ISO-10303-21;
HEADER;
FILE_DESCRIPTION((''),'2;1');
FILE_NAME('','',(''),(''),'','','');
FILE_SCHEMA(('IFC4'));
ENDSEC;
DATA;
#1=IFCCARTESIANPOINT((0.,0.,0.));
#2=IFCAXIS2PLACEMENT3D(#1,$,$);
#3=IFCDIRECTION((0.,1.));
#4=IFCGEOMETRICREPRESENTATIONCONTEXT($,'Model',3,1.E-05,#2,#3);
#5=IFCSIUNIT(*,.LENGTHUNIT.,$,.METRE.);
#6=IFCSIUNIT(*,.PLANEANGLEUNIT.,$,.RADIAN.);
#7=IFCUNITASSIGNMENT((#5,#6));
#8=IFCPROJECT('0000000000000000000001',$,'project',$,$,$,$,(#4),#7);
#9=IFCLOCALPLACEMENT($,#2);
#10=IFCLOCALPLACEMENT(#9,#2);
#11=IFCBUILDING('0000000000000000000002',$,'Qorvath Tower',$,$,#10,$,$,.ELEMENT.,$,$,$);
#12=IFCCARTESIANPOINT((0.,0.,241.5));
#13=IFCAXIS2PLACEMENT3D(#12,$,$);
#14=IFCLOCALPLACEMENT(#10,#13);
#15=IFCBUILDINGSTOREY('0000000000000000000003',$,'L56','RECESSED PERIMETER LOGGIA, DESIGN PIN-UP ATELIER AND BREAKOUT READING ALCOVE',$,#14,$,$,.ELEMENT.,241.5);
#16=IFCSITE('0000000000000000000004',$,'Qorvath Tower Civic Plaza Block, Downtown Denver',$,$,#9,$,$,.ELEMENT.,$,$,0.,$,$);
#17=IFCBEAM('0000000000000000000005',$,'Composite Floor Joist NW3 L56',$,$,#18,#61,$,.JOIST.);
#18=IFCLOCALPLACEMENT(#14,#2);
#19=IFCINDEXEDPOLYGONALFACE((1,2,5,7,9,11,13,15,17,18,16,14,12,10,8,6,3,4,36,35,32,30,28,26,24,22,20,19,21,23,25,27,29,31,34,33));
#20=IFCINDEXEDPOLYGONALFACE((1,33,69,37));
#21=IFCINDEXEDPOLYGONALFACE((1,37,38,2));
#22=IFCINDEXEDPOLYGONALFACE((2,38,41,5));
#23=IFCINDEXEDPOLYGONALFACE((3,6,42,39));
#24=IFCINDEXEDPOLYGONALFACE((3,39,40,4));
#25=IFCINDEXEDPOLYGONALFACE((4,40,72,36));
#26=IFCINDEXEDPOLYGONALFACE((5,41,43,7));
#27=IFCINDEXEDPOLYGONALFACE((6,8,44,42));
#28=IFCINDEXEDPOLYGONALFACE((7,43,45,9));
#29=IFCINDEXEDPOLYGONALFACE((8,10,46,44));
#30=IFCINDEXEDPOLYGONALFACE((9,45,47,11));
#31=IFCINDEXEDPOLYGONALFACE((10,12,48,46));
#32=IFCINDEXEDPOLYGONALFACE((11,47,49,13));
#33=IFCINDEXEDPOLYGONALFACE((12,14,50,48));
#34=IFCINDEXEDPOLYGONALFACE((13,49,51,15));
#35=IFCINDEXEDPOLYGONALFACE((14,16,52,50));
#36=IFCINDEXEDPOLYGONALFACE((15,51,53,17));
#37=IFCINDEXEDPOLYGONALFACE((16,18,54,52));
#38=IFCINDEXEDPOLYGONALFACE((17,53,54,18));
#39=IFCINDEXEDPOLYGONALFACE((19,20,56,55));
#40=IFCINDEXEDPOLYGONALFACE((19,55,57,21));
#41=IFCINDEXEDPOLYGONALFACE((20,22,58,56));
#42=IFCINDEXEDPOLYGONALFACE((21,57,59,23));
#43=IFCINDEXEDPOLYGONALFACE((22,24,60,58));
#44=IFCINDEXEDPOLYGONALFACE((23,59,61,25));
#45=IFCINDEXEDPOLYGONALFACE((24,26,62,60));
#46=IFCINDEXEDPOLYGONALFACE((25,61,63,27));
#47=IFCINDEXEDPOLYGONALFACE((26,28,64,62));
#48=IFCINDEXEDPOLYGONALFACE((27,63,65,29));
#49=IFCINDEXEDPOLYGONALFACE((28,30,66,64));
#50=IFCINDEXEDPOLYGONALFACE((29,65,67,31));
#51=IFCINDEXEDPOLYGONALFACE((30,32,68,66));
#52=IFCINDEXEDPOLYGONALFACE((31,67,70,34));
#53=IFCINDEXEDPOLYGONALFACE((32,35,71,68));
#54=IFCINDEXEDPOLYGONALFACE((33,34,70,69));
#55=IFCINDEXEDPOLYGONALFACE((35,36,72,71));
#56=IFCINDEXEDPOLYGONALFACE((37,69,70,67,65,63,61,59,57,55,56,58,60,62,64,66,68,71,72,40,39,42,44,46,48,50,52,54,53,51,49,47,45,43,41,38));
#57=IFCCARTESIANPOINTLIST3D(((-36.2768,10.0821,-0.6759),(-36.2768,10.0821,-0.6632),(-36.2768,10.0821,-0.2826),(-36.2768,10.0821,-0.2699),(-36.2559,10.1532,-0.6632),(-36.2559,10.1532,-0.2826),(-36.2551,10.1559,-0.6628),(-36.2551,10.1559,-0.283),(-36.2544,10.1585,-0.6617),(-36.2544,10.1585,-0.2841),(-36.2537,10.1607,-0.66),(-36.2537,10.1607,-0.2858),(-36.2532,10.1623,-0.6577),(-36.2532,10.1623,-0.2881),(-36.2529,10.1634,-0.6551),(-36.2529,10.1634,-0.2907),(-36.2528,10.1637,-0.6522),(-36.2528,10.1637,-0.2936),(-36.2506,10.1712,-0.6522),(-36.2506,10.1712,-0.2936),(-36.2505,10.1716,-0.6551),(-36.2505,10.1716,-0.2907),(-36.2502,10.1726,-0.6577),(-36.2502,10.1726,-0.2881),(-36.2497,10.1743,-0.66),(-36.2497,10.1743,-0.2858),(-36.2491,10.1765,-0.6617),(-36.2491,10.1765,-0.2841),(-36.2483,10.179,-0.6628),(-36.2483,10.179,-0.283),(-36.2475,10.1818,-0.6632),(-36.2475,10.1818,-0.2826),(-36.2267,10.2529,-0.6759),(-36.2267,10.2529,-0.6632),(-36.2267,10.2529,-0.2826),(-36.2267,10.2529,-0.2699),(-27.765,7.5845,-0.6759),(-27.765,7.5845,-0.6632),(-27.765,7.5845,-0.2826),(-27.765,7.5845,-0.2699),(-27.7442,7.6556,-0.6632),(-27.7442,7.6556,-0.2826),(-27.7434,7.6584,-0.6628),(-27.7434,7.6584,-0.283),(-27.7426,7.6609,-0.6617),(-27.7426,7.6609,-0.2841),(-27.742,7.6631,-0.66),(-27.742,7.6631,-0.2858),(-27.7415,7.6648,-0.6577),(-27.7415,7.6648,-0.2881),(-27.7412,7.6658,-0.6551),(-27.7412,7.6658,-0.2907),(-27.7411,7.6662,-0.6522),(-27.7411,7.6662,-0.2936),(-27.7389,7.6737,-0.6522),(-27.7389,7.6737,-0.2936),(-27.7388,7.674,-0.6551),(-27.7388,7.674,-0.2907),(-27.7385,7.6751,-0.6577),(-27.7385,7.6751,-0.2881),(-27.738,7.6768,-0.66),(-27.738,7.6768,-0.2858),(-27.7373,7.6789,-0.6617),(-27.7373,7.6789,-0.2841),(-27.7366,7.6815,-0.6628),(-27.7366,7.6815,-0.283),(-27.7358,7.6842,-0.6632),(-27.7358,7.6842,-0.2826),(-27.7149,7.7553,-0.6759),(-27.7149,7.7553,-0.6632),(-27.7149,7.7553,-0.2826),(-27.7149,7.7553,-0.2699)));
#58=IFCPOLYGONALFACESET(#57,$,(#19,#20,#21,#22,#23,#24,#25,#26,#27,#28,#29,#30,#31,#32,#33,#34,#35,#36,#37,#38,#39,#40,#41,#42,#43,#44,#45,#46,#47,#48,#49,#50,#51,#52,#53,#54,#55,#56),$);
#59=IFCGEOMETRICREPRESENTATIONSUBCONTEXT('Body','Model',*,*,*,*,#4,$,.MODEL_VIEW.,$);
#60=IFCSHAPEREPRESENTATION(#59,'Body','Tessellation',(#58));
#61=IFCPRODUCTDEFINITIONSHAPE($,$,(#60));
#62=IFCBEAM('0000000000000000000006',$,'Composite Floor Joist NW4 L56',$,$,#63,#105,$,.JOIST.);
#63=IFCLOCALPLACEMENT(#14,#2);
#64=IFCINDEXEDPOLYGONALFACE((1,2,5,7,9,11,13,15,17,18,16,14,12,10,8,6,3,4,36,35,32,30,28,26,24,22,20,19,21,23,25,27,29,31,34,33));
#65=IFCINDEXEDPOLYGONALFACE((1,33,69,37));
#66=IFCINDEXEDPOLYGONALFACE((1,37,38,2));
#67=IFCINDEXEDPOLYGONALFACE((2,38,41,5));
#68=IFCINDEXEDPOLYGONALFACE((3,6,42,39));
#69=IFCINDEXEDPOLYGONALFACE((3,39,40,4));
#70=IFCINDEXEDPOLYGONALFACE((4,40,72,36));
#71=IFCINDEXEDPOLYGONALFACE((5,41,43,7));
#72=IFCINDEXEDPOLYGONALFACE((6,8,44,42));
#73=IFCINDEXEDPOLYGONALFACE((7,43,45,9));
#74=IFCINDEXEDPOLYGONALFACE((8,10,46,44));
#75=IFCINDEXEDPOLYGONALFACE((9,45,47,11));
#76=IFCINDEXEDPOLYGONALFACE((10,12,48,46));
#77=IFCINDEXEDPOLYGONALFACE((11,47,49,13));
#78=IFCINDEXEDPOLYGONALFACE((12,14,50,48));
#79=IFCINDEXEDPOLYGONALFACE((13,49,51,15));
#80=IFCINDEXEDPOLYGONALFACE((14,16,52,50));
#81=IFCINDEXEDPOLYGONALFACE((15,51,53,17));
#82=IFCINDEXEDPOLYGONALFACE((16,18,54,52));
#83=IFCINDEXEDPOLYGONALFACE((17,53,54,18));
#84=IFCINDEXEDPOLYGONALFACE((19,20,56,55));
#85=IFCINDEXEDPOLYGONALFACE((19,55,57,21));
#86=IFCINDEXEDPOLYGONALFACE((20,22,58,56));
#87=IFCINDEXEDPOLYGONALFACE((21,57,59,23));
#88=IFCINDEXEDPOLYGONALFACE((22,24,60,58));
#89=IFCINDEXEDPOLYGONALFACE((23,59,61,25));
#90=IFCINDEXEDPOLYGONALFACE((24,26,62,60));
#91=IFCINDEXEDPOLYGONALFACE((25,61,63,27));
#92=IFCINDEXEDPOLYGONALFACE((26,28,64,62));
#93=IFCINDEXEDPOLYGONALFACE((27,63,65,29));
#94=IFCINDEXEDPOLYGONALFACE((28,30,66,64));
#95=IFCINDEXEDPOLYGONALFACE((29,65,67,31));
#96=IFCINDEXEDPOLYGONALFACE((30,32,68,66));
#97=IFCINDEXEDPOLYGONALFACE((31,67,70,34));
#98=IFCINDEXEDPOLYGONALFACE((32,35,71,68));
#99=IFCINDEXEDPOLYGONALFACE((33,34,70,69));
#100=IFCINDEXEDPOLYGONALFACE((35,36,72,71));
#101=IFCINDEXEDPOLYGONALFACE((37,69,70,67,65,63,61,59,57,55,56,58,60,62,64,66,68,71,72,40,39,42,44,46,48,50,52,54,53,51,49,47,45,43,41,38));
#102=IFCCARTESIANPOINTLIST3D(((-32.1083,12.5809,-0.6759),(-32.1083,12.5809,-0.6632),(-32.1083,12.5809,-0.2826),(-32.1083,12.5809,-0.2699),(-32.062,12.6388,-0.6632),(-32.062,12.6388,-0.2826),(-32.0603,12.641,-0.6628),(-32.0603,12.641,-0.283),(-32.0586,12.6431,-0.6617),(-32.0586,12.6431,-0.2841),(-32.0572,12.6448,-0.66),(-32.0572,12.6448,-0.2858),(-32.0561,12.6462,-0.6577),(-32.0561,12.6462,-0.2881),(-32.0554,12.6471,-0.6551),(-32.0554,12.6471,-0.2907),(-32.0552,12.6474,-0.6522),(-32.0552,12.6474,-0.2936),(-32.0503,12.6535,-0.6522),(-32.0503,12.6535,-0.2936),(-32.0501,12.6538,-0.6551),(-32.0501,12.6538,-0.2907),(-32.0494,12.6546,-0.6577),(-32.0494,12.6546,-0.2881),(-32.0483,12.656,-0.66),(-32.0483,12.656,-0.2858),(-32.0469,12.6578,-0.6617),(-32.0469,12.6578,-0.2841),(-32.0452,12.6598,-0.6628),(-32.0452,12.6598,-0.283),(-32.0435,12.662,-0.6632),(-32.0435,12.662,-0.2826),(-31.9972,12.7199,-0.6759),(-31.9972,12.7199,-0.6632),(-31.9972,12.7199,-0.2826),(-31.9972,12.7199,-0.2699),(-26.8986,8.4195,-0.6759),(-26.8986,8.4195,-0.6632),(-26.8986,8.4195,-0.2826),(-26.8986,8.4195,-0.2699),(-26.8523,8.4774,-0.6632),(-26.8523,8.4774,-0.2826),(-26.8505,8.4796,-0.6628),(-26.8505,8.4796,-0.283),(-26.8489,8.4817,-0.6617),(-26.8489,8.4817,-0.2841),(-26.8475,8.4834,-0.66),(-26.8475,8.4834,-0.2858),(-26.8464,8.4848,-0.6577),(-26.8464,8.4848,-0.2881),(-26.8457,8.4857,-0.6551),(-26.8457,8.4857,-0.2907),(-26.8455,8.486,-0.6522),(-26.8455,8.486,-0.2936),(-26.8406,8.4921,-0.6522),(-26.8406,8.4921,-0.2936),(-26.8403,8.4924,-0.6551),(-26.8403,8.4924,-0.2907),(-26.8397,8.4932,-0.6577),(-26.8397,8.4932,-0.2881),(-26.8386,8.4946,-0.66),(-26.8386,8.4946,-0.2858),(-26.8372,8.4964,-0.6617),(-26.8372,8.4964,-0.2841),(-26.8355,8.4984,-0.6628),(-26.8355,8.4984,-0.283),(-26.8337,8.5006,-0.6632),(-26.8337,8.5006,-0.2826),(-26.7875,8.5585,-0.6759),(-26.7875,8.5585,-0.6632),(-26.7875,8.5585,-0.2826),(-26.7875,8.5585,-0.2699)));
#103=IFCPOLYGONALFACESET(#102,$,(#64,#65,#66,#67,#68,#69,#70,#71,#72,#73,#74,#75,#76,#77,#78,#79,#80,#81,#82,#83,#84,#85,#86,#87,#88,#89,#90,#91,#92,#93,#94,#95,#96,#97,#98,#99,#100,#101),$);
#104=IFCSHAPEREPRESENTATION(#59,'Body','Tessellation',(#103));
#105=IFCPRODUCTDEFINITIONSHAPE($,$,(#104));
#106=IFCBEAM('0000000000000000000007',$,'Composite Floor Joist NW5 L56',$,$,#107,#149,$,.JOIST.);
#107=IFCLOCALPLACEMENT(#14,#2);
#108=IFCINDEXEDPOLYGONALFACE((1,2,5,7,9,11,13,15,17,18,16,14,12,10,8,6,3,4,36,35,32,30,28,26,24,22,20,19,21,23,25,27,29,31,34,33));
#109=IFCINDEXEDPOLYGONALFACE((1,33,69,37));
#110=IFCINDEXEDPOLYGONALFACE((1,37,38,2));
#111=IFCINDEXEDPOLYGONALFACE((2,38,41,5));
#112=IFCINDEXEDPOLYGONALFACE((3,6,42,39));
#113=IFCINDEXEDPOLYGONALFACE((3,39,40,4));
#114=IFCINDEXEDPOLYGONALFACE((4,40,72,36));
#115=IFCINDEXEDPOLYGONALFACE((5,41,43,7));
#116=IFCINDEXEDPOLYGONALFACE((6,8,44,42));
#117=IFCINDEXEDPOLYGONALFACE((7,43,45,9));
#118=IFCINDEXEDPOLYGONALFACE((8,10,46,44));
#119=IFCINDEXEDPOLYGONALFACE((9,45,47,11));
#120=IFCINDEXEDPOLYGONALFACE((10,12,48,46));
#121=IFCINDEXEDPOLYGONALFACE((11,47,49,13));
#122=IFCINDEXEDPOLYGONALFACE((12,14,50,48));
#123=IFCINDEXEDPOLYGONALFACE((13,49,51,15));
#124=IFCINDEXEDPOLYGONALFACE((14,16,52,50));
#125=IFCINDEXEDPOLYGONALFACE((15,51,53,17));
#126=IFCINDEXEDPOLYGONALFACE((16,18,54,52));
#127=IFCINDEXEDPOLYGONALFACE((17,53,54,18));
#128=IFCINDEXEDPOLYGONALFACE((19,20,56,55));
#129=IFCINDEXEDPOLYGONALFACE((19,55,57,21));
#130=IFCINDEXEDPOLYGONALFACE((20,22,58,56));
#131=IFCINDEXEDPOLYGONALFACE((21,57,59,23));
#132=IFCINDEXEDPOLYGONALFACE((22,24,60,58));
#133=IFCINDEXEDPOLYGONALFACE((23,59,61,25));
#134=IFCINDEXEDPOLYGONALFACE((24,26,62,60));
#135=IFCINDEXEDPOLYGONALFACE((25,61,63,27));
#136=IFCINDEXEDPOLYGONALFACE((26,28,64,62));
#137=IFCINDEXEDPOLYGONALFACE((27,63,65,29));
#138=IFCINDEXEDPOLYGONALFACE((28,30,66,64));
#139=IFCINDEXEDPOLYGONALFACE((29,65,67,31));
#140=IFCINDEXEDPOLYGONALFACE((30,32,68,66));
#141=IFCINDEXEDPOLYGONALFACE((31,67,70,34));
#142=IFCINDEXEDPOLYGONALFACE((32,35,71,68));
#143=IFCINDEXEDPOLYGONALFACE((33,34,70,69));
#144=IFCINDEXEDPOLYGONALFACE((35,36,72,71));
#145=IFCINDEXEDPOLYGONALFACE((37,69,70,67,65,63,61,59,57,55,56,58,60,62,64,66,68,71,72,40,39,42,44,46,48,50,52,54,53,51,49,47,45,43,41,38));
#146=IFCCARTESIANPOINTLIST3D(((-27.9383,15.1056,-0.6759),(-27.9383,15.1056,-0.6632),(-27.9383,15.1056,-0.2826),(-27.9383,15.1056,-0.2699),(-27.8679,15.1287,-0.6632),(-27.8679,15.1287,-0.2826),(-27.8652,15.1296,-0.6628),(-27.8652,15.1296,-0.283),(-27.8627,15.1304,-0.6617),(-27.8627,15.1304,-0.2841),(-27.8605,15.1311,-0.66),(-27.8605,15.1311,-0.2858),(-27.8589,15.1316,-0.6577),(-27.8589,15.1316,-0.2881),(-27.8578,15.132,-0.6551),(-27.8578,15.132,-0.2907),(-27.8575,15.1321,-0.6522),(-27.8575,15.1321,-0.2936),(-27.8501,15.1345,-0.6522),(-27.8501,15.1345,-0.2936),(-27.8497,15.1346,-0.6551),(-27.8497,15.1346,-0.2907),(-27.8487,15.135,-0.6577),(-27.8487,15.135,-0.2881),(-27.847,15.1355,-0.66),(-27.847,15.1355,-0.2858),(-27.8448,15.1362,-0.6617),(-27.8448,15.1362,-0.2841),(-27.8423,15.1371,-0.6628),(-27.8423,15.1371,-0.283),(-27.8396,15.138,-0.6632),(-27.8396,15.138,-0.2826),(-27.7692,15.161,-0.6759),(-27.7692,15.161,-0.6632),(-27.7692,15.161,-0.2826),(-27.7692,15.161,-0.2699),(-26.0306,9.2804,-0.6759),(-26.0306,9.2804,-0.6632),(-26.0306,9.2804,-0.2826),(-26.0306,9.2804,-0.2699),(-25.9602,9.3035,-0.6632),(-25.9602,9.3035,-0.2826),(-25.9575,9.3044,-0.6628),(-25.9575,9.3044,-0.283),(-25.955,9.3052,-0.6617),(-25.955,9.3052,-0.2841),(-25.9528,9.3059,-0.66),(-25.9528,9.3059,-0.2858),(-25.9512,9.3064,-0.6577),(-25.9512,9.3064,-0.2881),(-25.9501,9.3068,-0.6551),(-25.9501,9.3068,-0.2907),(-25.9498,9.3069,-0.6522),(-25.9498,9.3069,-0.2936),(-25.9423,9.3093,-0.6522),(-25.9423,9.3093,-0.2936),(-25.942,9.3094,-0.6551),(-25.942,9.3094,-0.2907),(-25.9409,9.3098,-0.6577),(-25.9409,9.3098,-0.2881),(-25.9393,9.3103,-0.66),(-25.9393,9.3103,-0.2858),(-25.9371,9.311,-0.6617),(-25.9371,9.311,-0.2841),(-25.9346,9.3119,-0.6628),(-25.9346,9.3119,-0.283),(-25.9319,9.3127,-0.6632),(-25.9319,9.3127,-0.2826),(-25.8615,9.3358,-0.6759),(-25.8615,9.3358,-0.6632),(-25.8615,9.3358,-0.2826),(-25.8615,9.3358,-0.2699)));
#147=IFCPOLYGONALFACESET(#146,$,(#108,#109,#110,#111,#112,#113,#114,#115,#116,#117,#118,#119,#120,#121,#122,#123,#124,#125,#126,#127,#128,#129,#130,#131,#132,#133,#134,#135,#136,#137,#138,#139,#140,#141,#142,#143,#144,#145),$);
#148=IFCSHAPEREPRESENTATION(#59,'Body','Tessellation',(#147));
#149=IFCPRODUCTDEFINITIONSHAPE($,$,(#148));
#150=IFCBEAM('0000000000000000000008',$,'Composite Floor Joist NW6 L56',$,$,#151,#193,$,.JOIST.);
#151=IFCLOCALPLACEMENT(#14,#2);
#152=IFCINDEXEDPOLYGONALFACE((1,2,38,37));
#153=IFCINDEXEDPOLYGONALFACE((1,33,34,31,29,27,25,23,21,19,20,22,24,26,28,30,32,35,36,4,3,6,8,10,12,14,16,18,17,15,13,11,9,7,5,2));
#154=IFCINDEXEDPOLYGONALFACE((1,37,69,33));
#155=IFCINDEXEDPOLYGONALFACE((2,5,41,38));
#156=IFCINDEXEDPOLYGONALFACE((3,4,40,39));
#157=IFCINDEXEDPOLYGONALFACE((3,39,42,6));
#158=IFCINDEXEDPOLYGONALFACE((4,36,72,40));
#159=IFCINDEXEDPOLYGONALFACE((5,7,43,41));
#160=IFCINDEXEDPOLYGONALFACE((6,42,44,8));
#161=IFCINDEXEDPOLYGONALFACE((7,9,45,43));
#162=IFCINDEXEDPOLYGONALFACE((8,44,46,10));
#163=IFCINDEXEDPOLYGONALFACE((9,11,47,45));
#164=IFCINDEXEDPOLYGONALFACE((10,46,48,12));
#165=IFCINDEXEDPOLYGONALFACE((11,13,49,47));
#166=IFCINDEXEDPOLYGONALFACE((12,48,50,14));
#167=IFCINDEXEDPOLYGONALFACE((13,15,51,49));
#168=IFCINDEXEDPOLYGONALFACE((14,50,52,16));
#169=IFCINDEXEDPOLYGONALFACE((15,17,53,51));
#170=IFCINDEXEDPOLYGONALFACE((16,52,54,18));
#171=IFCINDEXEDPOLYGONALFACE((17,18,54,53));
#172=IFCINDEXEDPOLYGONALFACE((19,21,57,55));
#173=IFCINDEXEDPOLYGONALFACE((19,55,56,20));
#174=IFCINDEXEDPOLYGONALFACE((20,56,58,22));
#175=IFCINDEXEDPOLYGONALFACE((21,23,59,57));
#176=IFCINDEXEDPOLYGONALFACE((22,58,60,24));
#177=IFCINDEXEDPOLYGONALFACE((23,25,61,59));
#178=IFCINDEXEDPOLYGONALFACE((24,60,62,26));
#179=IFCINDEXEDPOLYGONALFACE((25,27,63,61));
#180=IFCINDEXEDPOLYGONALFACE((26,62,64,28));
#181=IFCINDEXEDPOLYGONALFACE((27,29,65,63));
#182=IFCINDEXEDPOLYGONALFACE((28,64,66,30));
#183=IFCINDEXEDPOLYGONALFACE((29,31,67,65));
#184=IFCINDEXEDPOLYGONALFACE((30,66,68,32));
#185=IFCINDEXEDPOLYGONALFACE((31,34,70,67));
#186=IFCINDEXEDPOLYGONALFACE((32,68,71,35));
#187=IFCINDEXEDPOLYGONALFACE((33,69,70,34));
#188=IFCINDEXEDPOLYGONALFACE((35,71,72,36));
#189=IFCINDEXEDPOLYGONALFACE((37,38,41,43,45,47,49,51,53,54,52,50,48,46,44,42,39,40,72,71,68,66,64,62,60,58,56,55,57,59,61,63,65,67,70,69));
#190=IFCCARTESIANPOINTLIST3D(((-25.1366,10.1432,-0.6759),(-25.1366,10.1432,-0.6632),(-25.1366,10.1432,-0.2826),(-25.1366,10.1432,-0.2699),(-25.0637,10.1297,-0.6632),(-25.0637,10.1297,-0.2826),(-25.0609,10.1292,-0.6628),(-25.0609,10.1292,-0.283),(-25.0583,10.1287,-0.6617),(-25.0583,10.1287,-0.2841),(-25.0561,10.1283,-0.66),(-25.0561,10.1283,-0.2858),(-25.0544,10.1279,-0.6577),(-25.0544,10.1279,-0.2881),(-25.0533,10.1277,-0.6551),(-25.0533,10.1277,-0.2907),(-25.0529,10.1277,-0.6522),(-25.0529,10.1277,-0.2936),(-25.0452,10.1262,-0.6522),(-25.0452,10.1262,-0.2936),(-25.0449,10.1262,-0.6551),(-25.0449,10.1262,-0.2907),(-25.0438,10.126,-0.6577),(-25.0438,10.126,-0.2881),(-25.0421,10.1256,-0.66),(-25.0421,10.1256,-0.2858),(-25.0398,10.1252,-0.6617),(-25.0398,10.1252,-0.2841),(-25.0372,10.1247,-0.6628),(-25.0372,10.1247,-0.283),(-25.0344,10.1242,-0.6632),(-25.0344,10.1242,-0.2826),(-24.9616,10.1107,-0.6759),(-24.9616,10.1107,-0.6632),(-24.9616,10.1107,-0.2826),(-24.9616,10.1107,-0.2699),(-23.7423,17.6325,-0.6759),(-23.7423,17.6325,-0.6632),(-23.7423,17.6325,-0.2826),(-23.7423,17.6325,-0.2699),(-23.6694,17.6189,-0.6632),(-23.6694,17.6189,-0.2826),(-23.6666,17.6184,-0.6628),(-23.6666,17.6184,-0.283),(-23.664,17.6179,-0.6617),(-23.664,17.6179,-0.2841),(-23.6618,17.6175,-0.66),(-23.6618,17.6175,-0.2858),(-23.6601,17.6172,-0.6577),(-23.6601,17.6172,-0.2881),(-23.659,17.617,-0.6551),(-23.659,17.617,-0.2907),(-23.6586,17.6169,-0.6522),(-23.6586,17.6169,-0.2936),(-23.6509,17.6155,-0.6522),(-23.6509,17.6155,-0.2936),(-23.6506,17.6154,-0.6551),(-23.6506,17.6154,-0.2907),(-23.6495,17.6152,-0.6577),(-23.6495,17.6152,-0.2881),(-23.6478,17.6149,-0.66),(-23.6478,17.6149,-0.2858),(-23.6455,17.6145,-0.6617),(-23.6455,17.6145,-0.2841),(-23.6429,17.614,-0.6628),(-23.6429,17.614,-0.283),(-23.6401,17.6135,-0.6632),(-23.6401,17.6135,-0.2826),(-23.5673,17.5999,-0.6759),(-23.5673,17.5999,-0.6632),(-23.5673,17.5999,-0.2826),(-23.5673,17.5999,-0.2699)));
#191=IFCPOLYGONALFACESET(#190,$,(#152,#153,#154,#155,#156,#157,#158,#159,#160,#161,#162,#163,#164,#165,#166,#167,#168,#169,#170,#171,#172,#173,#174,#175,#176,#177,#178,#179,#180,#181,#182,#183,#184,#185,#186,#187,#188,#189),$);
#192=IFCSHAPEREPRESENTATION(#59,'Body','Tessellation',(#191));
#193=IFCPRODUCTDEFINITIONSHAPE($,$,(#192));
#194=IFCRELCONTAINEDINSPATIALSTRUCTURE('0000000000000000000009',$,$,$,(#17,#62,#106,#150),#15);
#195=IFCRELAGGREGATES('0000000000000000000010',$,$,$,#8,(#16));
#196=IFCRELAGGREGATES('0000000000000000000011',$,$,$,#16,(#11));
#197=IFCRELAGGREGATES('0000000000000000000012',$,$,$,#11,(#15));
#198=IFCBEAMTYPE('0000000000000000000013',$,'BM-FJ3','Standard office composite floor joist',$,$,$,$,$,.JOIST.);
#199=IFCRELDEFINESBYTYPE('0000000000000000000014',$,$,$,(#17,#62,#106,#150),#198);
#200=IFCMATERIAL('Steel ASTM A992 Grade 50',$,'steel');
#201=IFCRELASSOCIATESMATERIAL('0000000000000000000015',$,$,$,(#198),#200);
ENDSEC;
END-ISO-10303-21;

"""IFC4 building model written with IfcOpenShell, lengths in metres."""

from ifc_helpers import new_model, si_unit, direction, frame, origin, origin_2d, place, context, subcontext, project, spatial, i_section, extrude, material, material_profile, profile_set, type_object, element, save


model = new_model("IFC4")

# Units and contexts
model_context = context("Model", 3, precision=1e-05, world=origin(), true_north=direction((0.0, 1.0)))
body_context = subcontext(model_context, "Body", "Model", "MODEL_VIEW")
ifc_project = project(units=[si_unit("LENGTHUNIT", "METRE"), si_unit("PLANEANGLEUNIT", "RADIAN")], contexts=[model_context])

# Site, building, storey
site_placement = place(None, origin())
site = spatial("IfcSite", under=ifc_project, at=site_placement, Name="Qorvath Tower Civic Plaza Block, Downtown Denver", CompositionType="ELEMENT", RefElevation=0.0)
building_placement = place(site_placement, origin())
building = spatial("IfcBuilding", under=site, at=building_placement, Name="Qorvath Tower", CompositionType="ELEMENT")
storey_placement = place(building_placement, frame((0.0, 0.0, 241.5)))
storey = spatial("IfcBuildingStorey", under=building, at=storey_placement, Name="L56", Description="RECESSED PERIMETER LOGGIA, DESIGN PIN-UP ATELIER AND BREAKOUT READING ALCOVE", CompositionType="ELEMENT", Elevation=241.5)

# Beams
ifc_material_1 = material(Name="Steel ASTM A992 Grade 50", Category="steel")
ifc_material_profile_1 = material_profile(ifc_material_1, i_section(OverallWidth=0.178, OverallDepth=0.406, WebThickness=0.0078, FlangeThickness=0.0127, FilletRadius=0.011, at=origin_2d()), Name="W16x40")
ifc_profile_set_1 = profile_set([ifc_material_profile_1], Name="Steel ASTM A992 Grade 50")
beam_type_1 = type_object("IfcBeamType", Name="BM-FJ3", Description="Standard office composite floor joist", PredefinedType="JOIST", material=ifc_profile_set_1)
beam_1_placement = place(storey_placement, frame((-27.74, 7.6699, -0.4729), z_axis=(-0.959545, 0.281555, 0.0), x_axis=(-0.281555, -0.959545, 0.0)))
element("IfcBeam", 1, at=beam_1_placement, inside=storey, type_object=beam_type_1, Name="Composite Floor Joist NW3 L56", PredefinedType="JOIST", context=body_context, shape_type="SweptSolid", body=[
    extrude(i_section(OverallWidth=0.178, OverallDepth=0.406, WebThickness=0.0078, FlangeThickness=0.0127, FilletRadius=0.011, at=origin_2d()), origin(), (0.0, 0.0, 1.0), 8.8706),
])
beam_2_placement = place(storey_placement, frame((-26.843, 8.489, -0.4729), z_axis=(-0.781337, 0.62411, 0.0), x_axis=(-0.62411, -0.781337, 0.0)))
element("IfcBeam", 2, at=beam_2_placement, inside=storey, type_object=beam_type_1, Name="Composite Floor Joist NW4 L56", PredefinedType="JOIST", context=body_context, shape_type="SweptSolid", body=[
    extrude(i_section(OverallWidth=0.178, OverallDepth=0.406, WebThickness=0.0078, FlangeThickness=0.0127, FilletRadius=0.011, at=origin_2d()), origin(), (0.0, 0.0, 1.0), 6.6677),
])
beam_3_placement = place(storey_placement, frame((-25.946, 9.3081, -0.4729), z_axis=(-0.311229, 0.950335, 0.0), x_axis=(-0.950335, -0.311229, 0.0)))
element("IfcBeam", 3, at=beam_3_placement, inside=storey, type_object=beam_type_1, Name="Composite Floor Joist NW5 L56", PredefinedType="JOIST", context=body_context, shape_type="SweptSolid", body=[
    extrude(i_section(OverallWidth=0.178, OverallDepth=0.406, WebThickness=0.0078, FlangeThickness=0.0127, FilletRadius=0.011, at=origin_2d()), origin(), (0.0, 0.0, 1.0), 6.1296),
])
beam_4_placement = place(storey_placement, frame((-25.0491, 10.127, -0.4729), z_axis=(0.183027, 0.983108, 0.0), x_axis=(-0.983108, 0.183027, 0.0)))
element("IfcBeam", 4, at=beam_4_placement, inside=storey, type_object=beam_type_1, Name="Composite Floor Joist NW6 L56", PredefinedType="JOIST", context=body_context, shape_type="SweptSolid", body=[
    extrude(i_section(OverallWidth=0.178, OverallDepth=0.406, WebThickness=0.0078, FlangeThickness=0.0127, FilletRadius=0.011, at=origin_2d()), origin(), (0.0, 0.0, 1.0), 7.6179),
])

save(model, "model.ifc")
